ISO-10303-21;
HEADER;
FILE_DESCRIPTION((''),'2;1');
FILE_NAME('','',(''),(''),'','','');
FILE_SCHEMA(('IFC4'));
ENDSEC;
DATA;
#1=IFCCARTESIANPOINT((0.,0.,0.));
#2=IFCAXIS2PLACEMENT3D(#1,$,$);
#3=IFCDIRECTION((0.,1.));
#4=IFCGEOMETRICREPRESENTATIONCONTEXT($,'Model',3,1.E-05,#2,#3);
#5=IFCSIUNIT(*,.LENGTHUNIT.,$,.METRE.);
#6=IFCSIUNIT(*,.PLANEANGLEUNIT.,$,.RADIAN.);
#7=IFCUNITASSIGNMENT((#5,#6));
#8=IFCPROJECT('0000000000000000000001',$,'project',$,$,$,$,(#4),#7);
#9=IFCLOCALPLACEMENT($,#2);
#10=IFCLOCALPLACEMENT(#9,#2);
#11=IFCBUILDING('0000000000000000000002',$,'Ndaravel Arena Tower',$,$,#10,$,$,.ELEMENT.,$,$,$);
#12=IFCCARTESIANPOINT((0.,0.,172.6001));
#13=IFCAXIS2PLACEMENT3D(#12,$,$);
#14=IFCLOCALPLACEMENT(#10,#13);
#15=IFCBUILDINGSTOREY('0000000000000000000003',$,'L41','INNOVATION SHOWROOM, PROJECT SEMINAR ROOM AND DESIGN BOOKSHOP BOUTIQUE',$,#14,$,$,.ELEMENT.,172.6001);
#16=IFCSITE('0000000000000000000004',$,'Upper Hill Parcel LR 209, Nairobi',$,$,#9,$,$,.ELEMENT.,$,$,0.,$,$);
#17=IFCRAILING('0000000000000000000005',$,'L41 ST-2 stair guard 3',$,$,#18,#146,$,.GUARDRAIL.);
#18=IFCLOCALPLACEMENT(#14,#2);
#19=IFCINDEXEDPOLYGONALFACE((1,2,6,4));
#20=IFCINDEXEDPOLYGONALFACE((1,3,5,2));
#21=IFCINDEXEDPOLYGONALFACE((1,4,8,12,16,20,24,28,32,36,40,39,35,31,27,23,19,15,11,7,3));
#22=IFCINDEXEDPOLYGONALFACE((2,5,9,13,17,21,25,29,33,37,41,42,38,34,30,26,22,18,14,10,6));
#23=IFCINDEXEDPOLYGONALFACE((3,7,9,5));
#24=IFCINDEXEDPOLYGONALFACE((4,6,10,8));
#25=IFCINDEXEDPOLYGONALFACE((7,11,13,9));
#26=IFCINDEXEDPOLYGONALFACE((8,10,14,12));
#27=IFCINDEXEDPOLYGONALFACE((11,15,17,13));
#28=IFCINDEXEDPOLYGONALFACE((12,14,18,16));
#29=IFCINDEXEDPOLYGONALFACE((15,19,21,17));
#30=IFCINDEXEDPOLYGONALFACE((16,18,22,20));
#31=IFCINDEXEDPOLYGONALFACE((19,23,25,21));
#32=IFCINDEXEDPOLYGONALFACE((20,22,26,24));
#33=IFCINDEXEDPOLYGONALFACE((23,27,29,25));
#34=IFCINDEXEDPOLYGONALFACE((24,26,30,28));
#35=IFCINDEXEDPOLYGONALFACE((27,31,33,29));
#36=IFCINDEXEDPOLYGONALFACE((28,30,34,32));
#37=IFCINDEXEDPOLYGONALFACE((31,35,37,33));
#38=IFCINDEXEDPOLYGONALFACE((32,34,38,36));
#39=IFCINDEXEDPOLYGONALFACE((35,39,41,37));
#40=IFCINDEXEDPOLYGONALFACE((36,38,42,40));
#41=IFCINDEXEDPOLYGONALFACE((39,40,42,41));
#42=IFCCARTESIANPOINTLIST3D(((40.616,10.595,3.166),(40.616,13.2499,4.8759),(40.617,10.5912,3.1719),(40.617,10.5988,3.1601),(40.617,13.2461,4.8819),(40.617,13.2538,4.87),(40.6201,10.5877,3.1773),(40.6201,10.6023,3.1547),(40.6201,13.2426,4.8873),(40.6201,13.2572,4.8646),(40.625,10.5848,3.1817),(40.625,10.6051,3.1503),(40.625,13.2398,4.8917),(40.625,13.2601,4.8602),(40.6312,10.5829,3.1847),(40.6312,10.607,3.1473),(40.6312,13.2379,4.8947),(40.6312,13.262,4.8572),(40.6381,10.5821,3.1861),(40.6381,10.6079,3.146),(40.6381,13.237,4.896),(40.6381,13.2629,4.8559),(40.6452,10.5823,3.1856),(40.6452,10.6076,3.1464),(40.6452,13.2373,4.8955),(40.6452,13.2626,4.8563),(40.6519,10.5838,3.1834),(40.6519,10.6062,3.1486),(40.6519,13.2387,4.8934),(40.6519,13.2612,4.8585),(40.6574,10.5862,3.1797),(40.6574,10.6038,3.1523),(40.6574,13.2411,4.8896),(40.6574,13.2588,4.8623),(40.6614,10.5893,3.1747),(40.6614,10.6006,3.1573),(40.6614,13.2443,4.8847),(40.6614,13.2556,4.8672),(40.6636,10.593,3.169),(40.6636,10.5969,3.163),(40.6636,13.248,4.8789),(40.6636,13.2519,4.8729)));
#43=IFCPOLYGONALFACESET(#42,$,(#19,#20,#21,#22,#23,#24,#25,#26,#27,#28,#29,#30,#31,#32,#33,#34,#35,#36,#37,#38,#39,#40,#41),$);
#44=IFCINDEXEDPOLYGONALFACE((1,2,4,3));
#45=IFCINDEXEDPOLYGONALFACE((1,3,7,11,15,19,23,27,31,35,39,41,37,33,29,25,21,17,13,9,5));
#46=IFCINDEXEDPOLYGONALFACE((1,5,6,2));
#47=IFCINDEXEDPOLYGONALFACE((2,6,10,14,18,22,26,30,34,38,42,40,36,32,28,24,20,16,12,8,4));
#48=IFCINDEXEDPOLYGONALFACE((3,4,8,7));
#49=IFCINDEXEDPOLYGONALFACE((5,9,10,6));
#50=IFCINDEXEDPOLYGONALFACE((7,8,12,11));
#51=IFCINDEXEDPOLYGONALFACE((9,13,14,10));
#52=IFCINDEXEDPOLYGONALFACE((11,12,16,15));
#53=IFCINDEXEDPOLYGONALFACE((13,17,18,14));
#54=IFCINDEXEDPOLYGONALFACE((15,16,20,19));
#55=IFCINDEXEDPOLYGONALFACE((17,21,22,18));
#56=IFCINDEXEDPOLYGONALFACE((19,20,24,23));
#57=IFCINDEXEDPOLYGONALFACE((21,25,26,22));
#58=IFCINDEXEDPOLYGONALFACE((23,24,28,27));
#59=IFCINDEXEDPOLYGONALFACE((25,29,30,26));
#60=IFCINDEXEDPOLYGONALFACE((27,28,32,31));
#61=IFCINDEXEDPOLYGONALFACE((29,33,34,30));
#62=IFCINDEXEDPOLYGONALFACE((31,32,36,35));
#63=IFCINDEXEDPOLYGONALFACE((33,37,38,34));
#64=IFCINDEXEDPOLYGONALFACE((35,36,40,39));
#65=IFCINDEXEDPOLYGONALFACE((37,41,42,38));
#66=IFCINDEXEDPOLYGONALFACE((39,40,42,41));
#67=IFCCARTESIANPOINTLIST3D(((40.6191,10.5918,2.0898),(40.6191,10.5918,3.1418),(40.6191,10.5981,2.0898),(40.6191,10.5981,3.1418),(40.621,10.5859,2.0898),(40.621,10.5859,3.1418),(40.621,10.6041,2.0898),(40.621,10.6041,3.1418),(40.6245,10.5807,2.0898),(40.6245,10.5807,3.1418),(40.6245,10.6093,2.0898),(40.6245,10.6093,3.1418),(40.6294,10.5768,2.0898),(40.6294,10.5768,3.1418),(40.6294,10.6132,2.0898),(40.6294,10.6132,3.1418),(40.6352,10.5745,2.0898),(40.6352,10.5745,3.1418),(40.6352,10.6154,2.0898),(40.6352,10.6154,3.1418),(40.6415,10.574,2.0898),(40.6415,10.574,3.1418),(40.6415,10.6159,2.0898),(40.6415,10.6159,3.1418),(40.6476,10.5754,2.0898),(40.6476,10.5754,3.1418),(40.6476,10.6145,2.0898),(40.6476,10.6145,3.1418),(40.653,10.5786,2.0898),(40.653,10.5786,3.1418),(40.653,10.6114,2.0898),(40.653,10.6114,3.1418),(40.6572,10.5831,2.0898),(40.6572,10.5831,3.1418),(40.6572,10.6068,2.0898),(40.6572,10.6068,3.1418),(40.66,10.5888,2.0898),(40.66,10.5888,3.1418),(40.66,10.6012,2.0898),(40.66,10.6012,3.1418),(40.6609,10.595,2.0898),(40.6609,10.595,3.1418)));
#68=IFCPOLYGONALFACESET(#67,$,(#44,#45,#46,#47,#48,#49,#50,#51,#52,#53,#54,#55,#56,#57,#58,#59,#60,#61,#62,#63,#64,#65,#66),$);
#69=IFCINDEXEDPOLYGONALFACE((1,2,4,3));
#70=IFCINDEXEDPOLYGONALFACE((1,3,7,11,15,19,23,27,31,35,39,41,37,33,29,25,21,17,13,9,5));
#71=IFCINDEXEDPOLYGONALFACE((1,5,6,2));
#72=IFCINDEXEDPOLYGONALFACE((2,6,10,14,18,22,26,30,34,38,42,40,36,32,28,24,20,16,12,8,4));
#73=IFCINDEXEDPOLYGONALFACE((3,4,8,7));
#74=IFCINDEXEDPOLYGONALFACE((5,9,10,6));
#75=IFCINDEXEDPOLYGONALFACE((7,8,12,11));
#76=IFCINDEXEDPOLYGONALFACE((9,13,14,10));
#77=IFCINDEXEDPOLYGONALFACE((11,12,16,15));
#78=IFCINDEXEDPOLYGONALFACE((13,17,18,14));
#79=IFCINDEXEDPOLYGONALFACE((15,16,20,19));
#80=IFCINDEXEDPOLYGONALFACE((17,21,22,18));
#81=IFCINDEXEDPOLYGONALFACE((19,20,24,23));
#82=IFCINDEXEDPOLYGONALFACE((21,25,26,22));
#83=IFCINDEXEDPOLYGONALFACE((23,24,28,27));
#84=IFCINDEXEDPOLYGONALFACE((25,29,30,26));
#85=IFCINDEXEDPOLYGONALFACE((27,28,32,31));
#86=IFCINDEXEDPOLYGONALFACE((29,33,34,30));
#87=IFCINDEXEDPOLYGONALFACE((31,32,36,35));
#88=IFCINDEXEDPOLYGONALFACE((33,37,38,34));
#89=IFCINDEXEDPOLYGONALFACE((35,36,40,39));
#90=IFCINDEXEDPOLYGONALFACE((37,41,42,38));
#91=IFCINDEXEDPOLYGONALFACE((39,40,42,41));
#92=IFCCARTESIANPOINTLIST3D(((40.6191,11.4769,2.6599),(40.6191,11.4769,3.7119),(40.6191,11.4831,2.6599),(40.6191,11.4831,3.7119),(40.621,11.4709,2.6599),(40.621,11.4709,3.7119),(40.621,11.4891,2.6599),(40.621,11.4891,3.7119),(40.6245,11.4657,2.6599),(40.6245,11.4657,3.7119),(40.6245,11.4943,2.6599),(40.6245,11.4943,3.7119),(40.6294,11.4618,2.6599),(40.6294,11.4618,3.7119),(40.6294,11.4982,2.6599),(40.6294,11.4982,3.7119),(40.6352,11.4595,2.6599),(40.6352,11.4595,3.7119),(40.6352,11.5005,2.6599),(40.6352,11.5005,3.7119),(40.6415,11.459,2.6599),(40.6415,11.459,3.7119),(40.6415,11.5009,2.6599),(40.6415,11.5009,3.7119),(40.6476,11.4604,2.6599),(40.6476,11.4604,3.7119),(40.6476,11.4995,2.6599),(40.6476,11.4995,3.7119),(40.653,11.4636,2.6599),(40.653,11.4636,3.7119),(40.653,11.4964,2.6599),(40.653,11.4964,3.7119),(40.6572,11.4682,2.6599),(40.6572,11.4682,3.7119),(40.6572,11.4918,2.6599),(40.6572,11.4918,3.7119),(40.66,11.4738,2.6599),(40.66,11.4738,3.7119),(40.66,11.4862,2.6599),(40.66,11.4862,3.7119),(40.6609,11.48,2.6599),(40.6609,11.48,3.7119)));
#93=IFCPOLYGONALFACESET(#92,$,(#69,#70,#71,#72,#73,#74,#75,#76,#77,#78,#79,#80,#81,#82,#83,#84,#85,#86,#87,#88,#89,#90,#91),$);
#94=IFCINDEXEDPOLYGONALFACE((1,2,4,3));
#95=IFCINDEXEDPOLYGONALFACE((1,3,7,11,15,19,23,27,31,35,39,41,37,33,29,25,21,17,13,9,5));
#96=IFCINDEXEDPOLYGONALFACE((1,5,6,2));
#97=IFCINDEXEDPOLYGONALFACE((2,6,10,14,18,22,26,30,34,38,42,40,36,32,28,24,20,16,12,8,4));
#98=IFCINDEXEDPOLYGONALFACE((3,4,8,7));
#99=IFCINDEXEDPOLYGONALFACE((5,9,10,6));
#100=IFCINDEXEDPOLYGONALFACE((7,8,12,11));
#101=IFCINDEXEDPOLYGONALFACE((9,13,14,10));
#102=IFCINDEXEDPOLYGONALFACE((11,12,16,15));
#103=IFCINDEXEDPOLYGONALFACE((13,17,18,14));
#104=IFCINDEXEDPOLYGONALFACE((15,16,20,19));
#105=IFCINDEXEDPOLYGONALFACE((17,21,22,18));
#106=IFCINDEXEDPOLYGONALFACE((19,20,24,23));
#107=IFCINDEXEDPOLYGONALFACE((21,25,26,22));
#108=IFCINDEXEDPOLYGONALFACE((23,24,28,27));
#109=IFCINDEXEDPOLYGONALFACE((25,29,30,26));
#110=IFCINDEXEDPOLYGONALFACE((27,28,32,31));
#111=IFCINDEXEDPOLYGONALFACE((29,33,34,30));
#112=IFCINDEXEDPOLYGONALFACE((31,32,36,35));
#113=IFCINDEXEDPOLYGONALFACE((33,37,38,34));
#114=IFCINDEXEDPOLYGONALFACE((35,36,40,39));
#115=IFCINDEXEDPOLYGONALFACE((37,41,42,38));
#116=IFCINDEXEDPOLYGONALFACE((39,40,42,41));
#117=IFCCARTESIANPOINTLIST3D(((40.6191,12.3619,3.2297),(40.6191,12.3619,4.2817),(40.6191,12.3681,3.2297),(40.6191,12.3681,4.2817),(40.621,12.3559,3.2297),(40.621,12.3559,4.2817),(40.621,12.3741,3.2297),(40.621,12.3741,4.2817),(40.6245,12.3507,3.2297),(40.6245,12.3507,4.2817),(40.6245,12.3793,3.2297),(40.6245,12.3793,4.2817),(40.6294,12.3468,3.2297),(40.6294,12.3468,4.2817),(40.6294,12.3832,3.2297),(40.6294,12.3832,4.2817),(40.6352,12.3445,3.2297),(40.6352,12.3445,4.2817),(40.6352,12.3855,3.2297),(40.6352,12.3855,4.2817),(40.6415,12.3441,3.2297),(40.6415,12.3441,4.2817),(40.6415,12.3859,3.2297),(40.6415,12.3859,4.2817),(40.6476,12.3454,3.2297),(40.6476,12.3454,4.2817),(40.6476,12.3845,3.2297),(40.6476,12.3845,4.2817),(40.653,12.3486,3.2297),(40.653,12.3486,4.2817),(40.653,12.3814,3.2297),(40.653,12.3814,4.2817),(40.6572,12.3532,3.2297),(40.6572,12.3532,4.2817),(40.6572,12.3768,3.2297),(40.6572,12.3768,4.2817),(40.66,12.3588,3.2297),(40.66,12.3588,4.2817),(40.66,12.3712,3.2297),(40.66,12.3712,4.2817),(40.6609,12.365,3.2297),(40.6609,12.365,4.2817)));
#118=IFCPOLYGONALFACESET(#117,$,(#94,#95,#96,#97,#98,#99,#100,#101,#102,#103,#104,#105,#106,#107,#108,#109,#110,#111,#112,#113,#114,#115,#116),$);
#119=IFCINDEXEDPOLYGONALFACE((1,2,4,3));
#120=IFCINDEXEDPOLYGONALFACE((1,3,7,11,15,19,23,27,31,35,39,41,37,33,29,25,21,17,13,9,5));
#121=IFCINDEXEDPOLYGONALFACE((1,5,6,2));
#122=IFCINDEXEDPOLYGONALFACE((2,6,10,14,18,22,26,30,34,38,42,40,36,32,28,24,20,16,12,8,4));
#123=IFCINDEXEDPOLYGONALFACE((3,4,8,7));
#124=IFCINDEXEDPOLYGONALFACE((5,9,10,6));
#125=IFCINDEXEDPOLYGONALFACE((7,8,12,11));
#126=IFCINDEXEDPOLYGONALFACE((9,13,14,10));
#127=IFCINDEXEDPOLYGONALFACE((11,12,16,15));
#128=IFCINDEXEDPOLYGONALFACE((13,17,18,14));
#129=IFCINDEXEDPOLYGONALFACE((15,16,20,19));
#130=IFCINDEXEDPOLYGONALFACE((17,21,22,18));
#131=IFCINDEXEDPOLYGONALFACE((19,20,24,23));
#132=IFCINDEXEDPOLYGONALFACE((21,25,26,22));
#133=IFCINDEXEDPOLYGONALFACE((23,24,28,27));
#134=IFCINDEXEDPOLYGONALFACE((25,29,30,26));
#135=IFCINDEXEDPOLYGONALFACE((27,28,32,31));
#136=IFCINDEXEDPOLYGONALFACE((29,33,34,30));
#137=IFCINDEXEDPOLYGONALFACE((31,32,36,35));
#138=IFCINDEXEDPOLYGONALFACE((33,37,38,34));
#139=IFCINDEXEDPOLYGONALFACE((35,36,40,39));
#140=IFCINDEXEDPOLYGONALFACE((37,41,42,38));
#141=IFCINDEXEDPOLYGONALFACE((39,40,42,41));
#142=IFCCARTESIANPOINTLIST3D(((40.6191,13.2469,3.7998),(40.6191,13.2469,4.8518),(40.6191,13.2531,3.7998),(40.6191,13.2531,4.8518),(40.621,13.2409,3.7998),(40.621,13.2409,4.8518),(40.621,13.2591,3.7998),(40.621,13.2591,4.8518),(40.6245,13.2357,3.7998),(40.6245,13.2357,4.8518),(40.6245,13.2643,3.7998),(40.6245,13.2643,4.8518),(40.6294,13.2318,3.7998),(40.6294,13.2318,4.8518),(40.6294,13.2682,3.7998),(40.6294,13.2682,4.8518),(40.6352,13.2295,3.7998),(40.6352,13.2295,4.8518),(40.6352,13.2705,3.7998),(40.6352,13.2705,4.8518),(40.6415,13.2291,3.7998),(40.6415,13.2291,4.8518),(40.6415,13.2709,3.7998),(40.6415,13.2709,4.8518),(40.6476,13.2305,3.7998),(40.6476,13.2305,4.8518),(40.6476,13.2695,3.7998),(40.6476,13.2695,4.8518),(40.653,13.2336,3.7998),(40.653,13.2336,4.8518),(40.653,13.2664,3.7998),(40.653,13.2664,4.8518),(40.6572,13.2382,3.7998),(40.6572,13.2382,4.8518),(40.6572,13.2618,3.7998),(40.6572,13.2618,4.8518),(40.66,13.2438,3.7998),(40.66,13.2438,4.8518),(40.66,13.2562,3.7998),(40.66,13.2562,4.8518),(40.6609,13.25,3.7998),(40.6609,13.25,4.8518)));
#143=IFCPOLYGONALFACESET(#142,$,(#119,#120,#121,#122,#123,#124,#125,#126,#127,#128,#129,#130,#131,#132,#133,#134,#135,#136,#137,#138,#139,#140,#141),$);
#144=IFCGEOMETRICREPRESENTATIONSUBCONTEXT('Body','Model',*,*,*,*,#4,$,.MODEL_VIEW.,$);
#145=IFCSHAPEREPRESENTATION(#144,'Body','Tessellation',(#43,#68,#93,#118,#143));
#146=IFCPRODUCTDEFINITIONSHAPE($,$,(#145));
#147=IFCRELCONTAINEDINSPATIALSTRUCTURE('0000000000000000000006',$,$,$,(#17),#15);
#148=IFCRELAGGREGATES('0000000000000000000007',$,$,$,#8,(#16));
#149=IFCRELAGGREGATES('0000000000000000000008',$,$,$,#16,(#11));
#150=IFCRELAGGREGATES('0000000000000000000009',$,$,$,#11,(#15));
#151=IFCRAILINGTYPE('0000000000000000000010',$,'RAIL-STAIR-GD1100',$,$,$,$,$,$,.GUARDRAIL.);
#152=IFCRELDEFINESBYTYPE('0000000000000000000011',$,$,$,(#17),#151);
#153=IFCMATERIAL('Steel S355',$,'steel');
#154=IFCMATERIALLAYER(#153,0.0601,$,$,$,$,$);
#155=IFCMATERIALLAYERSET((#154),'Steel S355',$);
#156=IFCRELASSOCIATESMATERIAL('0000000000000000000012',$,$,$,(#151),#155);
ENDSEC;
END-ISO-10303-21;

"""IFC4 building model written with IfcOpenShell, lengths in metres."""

from ifc_helpers import new_model, si_unit, direction, frame, origin, origin_2d, place, context, subcontext, project, spatial, circle, extrude, material, layer, layer_set, type_object, element, save


model = new_model("IFC4")

# Units and contexts
model_context = context("Model", 3, precision=1e-05, world=origin(), true_north=direction((0.0, 1.0)))
body_context = subcontext(model_context, "Body", "Model", "MODEL_VIEW")
ifc_project = project(units=[si_unit("LENGTHUNIT", "METRE"), si_unit("PLANEANGLEUNIT", "RADIAN")], contexts=[model_context])

# Site, building, storey
site_placement = place(None, origin())
site = spatial("IfcSite", under=ifc_project, at=site_placement, Name="Upper Hill Parcel LR 209, Nairobi", CompositionType="ELEMENT", RefElevation=0.0)
building_placement = place(site_placement, origin())
building = spatial("IfcBuilding", under=site, at=building_placement, Name="Ndaravel Arena Tower", CompositionType="ELEMENT")
storey_placement = place(building_placement, frame((0.0, 0.0, 172.6001)))
storey = spatial("IfcBuildingStorey", under=building, at=storey_placement, Name="L41", Description="INNOVATION SHOWROOM, PROJECT SEMINAR ROOM AND DESIGN BOOKSHOP BOUTIQUE", CompositionType="ELEMENT", Elevation=172.6001)

# Railing
ifc_material_1 = material(Name="Steel S355", Category="steel")
ifc_layer_1 = layer(ifc_material_1, 0.0601)
ifc_layer_set_1 = layer_set([ifc_layer_1], Name="Steel S355")
railing_type_1 = type_object("IfcRailingType", Name="RAIL-STAIR-GD1100", PredefinedType="GUARDRAIL", material=ifc_layer_set_1)
railing_1_placement = place(storey_placement, frame((40.6399, 10.595, 2.0898)))
element("IfcRailing", 1, at=railing_1_placement, inside=storey, type_object=railing_type_1, Name="L41 ST-2 stair guard 3", PredefinedType="GUARDRAIL", context=body_context, shape_type="SweptSolid", body=[
    extrude(circle(Radius=0.0239, at=origin_2d()), frame((0.0, 0.0, 1.0762), z_axis=(0.0, 0.840724, 0.541465), x_axis=(-1.0, 0.0, 0.0)), (0.0, 0.0, 1.0), 3.158),
    extrude(circle(Radius=0.021, at=origin_2d()), origin(), (0.0, 0.0, 1.0), 1.052),
    extrude(circle(Radius=0.021, at=origin_2d()), frame((0.0, 0.885, 0.5701)), (0.0, 0.0, 1.0), 1.052),
    extrude(circle(Radius=0.021, at=origin_2d()), frame((0.0, 1.77, 1.1399)), (0.0, 0.0, 1.0), 1.052),
    extrude(circle(Radius=0.021, at=origin_2d()), frame((0.0, 2.655, 1.71)), (0.0, 0.0, 1.0), 1.052),
])

save(model, "model.ifc")
